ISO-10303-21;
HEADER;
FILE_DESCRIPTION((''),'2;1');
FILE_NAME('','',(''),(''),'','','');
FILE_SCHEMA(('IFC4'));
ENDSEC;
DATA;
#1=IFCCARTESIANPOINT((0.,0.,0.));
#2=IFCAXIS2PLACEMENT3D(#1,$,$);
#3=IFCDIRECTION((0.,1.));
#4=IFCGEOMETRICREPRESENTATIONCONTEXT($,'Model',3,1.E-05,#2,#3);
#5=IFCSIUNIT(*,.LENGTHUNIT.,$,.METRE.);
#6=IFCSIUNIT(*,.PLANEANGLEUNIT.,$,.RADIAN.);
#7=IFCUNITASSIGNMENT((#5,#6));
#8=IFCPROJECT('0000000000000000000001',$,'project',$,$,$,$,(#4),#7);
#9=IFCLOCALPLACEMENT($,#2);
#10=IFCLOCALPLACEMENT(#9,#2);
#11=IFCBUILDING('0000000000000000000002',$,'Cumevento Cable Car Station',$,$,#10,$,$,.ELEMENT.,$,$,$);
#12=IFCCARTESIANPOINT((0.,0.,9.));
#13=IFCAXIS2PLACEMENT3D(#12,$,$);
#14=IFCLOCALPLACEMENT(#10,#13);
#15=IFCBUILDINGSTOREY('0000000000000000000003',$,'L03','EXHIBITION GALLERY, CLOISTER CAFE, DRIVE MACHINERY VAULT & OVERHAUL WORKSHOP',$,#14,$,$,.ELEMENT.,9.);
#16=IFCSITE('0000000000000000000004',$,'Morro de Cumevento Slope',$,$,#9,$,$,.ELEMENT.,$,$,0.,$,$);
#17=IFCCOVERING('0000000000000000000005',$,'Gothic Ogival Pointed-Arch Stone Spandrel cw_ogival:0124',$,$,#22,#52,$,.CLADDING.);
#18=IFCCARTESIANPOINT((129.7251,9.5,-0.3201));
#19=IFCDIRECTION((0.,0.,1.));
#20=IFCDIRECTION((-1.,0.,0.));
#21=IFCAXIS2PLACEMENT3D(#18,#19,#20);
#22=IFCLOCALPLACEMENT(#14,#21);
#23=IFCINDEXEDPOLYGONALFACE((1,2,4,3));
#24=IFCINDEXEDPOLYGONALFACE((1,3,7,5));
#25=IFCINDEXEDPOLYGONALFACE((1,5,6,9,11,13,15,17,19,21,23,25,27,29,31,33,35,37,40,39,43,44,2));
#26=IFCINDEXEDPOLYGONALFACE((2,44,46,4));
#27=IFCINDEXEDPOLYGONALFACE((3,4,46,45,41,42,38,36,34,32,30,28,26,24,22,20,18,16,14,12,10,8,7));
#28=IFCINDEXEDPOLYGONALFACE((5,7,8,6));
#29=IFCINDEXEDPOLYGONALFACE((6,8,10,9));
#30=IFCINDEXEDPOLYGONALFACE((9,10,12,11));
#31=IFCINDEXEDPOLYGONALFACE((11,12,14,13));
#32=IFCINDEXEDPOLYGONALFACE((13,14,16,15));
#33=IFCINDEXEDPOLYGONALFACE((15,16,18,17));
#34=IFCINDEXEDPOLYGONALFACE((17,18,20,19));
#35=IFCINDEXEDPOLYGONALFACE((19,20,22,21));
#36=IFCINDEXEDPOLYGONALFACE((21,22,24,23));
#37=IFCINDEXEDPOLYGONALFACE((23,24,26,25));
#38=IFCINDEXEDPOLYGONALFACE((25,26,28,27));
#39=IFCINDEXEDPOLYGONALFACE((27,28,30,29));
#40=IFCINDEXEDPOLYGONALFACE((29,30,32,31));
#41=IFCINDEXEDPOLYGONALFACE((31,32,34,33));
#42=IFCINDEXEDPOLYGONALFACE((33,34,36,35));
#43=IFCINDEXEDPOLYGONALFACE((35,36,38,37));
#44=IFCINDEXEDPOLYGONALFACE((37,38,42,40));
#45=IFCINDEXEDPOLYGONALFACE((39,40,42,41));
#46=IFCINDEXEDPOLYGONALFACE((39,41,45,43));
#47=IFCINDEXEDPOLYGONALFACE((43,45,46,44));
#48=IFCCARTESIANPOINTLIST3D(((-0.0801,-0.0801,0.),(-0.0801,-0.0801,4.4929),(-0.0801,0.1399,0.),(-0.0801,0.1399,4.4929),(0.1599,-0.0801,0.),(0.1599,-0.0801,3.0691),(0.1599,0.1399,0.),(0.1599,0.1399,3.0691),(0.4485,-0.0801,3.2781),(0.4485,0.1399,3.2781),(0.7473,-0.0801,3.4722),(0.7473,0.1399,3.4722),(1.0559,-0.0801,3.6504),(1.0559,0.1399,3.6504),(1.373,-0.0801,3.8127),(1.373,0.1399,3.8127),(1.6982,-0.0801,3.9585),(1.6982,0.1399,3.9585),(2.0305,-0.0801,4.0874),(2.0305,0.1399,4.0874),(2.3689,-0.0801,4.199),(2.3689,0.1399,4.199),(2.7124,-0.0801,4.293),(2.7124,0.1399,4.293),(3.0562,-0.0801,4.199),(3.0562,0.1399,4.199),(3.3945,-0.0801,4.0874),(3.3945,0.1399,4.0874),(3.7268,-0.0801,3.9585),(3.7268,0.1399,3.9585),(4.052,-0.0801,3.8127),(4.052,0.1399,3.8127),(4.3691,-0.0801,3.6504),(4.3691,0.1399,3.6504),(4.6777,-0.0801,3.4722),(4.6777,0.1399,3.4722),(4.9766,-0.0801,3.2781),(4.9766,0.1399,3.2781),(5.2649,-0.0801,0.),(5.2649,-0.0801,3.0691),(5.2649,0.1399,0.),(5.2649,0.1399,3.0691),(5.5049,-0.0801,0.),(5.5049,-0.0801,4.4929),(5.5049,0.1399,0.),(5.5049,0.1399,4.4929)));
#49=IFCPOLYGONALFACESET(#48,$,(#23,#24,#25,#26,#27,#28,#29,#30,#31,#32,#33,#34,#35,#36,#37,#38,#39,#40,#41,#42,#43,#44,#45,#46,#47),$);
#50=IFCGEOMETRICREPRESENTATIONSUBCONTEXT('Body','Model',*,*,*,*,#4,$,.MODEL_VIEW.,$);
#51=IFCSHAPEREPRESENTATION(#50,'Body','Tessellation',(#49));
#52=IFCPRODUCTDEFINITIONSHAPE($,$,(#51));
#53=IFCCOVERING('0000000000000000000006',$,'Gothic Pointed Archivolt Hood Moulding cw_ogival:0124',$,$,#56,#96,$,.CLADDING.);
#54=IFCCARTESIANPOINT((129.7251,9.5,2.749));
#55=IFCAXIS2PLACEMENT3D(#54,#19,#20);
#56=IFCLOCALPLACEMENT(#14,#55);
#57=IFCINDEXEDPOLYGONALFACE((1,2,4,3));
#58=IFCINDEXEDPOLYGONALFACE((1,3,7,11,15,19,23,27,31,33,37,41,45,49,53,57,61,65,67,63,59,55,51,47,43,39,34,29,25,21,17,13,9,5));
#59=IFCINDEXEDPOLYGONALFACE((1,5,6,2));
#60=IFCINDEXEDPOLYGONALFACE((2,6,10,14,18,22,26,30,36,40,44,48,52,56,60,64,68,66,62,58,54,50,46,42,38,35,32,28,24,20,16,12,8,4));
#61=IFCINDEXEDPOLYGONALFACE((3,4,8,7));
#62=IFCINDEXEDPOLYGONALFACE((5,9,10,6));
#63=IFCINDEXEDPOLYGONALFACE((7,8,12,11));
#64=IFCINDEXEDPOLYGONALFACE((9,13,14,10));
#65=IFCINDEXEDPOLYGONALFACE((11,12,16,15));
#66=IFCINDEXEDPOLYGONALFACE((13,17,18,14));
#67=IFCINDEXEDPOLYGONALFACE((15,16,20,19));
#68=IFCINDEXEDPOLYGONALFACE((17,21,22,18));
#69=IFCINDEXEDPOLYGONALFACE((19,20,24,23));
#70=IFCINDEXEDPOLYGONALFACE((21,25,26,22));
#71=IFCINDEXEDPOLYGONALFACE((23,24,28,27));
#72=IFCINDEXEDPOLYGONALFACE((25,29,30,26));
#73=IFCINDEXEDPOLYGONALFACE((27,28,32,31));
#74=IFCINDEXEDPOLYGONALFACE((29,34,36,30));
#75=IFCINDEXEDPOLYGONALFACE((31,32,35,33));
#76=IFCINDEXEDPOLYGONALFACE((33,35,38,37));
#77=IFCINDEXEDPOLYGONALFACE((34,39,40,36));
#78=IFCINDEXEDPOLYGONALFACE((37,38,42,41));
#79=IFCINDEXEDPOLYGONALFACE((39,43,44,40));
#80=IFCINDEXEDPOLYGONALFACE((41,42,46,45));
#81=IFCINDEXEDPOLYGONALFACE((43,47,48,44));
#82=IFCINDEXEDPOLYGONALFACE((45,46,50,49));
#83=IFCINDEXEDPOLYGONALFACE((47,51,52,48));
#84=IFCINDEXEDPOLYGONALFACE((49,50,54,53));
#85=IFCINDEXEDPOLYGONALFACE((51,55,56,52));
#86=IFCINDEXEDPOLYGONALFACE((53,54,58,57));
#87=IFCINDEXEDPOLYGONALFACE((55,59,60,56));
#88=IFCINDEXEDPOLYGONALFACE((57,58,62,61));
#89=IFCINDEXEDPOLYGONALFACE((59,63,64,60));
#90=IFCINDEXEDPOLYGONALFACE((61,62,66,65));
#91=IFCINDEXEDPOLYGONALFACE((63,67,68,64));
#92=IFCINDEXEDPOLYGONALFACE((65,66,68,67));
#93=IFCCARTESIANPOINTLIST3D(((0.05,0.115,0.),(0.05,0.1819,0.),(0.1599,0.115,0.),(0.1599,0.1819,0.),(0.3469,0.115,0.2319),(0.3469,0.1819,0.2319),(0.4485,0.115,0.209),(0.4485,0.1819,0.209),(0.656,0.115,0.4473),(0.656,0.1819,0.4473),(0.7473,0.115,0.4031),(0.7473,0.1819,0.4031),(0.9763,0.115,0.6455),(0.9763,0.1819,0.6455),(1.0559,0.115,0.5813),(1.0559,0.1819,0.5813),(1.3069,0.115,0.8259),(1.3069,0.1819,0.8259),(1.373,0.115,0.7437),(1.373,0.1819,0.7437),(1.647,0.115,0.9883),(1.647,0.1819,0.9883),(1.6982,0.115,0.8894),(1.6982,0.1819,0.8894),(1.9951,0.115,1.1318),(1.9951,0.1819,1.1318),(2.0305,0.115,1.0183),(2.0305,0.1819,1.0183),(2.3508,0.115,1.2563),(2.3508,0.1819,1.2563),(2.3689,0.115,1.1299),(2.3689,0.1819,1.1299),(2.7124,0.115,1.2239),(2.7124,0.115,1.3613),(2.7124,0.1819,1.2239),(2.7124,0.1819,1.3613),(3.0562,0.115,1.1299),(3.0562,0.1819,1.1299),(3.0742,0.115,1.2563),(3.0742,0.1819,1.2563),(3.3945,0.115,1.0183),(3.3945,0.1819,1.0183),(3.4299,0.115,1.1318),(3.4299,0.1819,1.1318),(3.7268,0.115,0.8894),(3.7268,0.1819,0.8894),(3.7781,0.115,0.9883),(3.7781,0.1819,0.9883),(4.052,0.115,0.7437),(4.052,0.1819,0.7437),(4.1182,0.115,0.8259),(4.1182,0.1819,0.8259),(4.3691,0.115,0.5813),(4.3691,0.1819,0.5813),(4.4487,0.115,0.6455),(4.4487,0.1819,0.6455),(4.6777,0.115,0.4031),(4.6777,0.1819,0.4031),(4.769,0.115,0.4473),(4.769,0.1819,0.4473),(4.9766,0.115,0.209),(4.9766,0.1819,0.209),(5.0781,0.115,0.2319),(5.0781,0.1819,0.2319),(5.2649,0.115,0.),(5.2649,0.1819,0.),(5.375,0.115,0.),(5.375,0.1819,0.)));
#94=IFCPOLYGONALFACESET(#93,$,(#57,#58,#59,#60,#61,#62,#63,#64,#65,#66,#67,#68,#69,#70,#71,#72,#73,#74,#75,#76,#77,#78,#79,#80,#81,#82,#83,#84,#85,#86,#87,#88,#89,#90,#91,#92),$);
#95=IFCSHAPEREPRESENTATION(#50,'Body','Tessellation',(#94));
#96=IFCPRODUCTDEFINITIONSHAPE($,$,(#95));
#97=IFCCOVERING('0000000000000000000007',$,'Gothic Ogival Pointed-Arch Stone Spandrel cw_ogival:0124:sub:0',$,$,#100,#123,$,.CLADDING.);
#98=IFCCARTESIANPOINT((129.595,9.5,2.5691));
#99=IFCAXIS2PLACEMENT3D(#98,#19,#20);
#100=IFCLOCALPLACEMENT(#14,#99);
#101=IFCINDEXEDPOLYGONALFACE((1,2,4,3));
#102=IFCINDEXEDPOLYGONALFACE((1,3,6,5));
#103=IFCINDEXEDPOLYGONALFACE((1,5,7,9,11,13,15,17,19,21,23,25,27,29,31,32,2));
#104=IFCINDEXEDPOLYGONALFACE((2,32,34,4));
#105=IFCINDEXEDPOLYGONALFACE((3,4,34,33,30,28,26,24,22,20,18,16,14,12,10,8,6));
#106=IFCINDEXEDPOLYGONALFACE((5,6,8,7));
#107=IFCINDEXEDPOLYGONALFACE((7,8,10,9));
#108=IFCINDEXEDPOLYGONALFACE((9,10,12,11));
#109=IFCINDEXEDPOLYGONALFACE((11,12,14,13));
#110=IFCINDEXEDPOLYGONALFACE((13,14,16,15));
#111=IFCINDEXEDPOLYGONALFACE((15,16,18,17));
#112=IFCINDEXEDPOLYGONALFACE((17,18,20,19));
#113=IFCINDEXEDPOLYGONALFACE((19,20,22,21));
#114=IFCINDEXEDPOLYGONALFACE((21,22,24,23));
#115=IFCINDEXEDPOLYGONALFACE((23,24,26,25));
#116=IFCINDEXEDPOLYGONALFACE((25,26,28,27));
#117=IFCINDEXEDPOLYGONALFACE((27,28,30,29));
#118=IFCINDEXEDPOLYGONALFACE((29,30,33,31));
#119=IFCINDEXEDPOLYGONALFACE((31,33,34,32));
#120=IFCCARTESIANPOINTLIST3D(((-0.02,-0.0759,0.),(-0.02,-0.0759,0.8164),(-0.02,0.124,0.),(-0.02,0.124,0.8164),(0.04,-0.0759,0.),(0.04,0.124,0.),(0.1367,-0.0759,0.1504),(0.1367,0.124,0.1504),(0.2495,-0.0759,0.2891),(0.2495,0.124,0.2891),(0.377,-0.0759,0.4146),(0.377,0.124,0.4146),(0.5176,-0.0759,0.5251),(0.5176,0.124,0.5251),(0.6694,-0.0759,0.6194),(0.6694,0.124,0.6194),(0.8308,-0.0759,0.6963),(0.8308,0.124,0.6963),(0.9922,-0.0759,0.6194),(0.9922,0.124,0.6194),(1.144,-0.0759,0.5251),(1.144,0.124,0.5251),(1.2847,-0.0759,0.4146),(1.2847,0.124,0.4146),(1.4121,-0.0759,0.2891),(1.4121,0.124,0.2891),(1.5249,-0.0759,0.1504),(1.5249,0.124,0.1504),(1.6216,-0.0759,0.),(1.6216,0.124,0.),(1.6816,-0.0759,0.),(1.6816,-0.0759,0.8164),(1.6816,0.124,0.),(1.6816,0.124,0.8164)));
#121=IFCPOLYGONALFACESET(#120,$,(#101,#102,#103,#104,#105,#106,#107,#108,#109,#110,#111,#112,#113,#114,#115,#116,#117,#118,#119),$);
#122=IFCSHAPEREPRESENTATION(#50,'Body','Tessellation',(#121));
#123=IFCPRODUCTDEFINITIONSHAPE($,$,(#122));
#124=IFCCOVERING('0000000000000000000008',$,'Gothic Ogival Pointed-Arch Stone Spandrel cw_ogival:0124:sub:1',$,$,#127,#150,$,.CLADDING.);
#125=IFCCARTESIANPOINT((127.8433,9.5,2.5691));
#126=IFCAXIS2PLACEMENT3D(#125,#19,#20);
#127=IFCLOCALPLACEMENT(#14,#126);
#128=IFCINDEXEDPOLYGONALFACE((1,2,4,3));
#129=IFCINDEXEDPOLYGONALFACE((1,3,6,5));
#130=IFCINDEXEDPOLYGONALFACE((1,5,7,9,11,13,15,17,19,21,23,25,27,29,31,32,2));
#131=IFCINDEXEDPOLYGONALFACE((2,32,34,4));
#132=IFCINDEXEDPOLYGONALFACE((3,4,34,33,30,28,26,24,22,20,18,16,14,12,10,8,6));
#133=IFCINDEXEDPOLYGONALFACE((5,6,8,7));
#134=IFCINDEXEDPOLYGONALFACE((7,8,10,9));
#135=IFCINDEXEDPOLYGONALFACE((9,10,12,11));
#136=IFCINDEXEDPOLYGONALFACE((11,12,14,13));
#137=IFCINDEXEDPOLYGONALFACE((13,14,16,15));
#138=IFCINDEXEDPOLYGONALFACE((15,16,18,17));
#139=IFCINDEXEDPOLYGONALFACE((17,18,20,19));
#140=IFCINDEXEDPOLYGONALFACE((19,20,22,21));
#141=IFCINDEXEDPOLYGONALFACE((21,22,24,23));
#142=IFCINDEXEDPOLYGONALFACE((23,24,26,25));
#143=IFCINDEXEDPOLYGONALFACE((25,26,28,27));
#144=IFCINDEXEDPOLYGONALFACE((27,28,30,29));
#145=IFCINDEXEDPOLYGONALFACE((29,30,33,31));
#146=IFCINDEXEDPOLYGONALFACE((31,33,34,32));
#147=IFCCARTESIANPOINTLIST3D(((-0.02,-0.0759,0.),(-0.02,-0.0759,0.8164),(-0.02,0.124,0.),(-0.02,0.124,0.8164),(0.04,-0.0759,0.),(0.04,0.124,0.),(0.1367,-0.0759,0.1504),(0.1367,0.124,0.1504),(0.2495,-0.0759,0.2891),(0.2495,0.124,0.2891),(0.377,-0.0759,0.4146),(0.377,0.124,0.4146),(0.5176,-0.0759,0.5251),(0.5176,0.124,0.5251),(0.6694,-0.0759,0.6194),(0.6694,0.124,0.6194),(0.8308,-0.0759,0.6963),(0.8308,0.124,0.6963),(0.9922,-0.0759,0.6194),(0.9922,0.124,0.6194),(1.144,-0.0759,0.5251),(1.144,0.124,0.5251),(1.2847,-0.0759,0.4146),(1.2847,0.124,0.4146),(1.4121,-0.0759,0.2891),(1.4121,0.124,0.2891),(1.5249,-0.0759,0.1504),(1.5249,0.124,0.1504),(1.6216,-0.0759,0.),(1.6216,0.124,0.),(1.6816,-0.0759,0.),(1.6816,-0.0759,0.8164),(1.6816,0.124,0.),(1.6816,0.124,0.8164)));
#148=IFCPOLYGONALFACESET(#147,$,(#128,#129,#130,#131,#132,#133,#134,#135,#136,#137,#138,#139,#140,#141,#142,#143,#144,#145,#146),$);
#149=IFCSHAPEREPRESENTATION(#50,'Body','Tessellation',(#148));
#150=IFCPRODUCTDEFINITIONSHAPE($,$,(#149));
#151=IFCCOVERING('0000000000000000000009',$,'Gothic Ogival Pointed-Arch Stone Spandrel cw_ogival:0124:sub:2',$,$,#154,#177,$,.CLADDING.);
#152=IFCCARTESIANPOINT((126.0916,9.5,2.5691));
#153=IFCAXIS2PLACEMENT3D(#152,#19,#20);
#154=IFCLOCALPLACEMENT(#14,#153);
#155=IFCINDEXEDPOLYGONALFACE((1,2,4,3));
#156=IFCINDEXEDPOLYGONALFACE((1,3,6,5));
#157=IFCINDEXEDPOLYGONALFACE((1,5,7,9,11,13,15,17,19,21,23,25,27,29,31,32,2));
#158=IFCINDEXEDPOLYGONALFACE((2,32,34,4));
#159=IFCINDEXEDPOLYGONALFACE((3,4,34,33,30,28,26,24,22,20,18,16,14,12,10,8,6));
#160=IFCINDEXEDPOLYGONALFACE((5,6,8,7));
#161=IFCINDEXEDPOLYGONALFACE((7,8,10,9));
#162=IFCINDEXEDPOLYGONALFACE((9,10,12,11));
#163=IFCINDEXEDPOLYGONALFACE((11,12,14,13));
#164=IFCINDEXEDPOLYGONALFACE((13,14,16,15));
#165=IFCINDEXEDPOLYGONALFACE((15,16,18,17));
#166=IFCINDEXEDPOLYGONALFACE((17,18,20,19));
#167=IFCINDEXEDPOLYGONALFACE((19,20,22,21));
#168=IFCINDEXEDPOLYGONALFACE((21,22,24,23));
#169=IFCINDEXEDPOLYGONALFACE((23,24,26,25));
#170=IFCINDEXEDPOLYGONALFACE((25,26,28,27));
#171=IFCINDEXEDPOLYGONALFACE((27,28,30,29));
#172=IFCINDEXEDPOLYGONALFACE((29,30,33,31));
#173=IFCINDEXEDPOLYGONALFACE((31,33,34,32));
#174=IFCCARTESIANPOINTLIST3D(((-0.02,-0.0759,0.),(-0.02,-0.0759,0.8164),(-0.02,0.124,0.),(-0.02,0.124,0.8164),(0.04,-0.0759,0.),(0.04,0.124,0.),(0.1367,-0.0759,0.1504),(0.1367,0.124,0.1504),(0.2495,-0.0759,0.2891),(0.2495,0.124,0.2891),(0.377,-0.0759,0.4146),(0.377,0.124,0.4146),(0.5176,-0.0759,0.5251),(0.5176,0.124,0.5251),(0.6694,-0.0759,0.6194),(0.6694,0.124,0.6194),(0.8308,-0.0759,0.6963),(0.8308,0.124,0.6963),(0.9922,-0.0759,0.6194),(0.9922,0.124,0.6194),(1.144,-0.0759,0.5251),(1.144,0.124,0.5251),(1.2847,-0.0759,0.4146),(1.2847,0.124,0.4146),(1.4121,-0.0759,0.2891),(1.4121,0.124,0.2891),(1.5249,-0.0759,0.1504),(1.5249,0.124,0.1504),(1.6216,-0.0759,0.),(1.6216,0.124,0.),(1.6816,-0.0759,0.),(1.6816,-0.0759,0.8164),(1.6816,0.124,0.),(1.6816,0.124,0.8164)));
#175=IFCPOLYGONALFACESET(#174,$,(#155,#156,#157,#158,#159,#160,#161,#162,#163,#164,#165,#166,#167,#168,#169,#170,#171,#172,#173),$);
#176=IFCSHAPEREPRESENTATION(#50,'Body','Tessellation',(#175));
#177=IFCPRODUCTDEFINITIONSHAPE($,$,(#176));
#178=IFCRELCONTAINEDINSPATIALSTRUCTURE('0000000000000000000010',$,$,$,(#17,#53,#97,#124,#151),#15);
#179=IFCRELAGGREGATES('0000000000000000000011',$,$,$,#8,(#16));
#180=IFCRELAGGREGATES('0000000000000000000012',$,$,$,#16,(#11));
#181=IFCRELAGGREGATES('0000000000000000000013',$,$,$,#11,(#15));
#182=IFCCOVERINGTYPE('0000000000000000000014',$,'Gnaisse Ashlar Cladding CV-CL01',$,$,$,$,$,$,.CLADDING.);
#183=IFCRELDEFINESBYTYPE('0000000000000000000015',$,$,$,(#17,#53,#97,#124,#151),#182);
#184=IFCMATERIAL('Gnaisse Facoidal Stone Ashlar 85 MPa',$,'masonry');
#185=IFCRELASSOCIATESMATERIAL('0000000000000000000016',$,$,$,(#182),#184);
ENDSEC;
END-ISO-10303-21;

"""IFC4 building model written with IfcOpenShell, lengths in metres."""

from ifc_helpers import new_model, si_unit, direction, frame, origin, place, context, subcontext, project, spatial, polyline, outline, extrude, material, type_object, element, save


model = new_model("IFC4")

# Units and contexts
model_context = context("Model", 3, precision=1e-05, world=origin(), true_north=direction((0.0, 1.0)))
body_context = subcontext(model_context, "Body", "Model", "MODEL_VIEW")
ifc_project = project(units=[si_unit("LENGTHUNIT", "METRE"), si_unit("PLANEANGLEUNIT", "RADIAN")], contexts=[model_context])

# Site, building, storey
site_placement = place(None, origin())
site = spatial("IfcSite", under=ifc_project, at=site_placement, Name="Morro de Cumevento Slope", CompositionType="ELEMENT", RefElevation=0.0)
building_placement = place(site_placement, origin())
building = spatial("IfcBuilding", under=site, at=building_placement, Name="Cumevento Cable Car Station", CompositionType="ELEMENT")
storey_placement = place(building_placement, frame((0.0, 0.0, 9.0)))
storey = spatial("IfcBuildingStorey", under=building, at=storey_placement, Name="L03", Description="EXHIBITION GALLERY, CLOISTER CAFE, DRIVE MACHINERY VAULT & OVERHAUL WORKSHOP", CompositionType="ELEMENT", Elevation=9.0)

# Coverings
ifc_material_1 = material(Name="Gnaisse Facoidal Stone Ashlar 85 MPa", Category="masonry")
covering_type = type_object("IfcCoveringType", Name="Gnaisse Ashlar Cladding CV-CL01", PredefinedType="CLADDING", material=ifc_material_1)
covering_1_placement = place(storey_placement, frame((129.7251, 9.5, -0.3201), z_axis=(0.0, 0.0, 1.0), x_axis=(-1.0, 0.0, 0.0)))
element("IfcCovering", 1, at=covering_1_placement, inside=storey, type_object=covering_type, Name="Gothic Ogival Pointed-Arch Stone Spandrel cw_ogival:0124", PredefinedType="CLADDING", context=body_context, shape_type="SweptSolid", body=[
    extrude(outline(polyline([(-0.0801, 0.0), (-0.0801, 4.4929), (5.5049, 4.4929), (5.5049, 0.0), (5.2649, 0.0), (5.2649, 3.0691), (4.9766, 3.2781), (4.6777, 3.4722), (4.3691, 3.6504), (4.052, 3.8127), (3.7268, 3.9585), (3.3945, 4.0874), (3.0562, 4.199), (2.7124, 4.293), (2.3689, 4.199), (2.0305, 4.0874), (1.6982, 3.9585), (1.373, 3.8127), (1.0559, 3.6504), (0.7473, 3.4722), (0.4485, 3.2781), (0.1599, 3.0691), (0.1599, 0.0), (-0.0801, 0.0)])), frame((0.0, 0.1399, 0.0), z_axis=(0.0, -1.0, 0.0), x_axis=(1.0, 0.0, 0.0)), (0.0, 0.0, 1.0), 0.22),
])
covering_2_placement = place(storey_placement, frame((129.7251, 9.5, 2.749), z_axis=(0.0, 0.0, 1.0), x_axis=(-1.0, 0.0, 0.0)))
element("IfcCovering", 2, at=covering_2_placement, inside=storey, type_object=covering_type, Name="Gothic Pointed Archivolt Hood Moulding cw_ogival:0124", PredefinedType="CLADDING", context=body_context, shape_type="SweptSolid", body=[
    extrude(outline(polyline([(0.1599, 0.0), (0.4485, 0.209), (0.7473, 0.4031), (1.0559, 0.5813), (1.373, 0.7437), (1.6982, 0.8894), (2.0305, 1.0183), (2.3689, 1.1299), (2.7124, 1.2239), (3.0562, 1.1299), (3.3945, 1.0183), (3.7268, 0.8894), (4.052, 0.7437), (4.3691, 0.5813), (4.6777, 0.4031), (4.9766, 0.209), (5.2649, 0.0), (5.375, 0.0), (5.0781, 0.2319), (4.769, 0.4473), (4.4487, 0.6455), (4.1182, 0.8259), (3.7781, 0.9883), (3.4299, 1.1318), (3.0742, 1.2563), (2.7124, 1.3613), (2.3508, 1.2563), (1.9951, 1.1318), (1.647, 0.9883), (1.3069, 0.8259), (0.9763, 0.6455), (0.656, 0.4473), (0.3469, 0.2319), (0.05, 0.0), (0.1599, 0.0)])), frame((0.0, 0.1819, 0.0), z_axis=(0.0, -1.0, 0.0), x_axis=(1.0, 0.0, 0.0)), (0.0, 0.0, 1.0), 0.0669),
])
for number, where, z_axis, x_axis, name in (
    (3, (129.595, 9.5, 2.5691), (0.0, 0.0, 1.0), (-1.0, 0.0, 0.0), "Gothic Ogival Pointed-Arch Stone Spandrel cw_ogival:0124:sub:0"),
    (4, (127.8433, 9.5, 2.5691), (0.0, 0.0, 1.0), (-1.0, 0.0, 0.0), "Gothic Ogival Pointed-Arch Stone Spandrel cw_ogival:0124:sub:1"),
    (5, (126.0916, 9.5, 2.5691), (0.0, 0.0, 1.0), (-1.0, 0.0, 0.0), "Gothic Ogival Pointed-Arch Stone Spandrel cw_ogival:0124:sub:2"),
):
    element("IfcCovering", number, at=place(storey_placement, frame(where, z_axis=z_axis, x_axis=x_axis)), inside=storey, type_object=covering_type, Name=name, PredefinedType="CLADDING", context=body_context, shape_type="SweptSolid", body=[
        extrude(outline(polyline([(-0.02, 0.0), (-0.02, 0.8164), (1.6816, 0.8164), (1.6816, 0.0), (1.6216, 0.0), (1.5249, 0.1504), (1.4121, 0.2891), (1.2847, 0.4146), (1.144, 0.5251), (0.9922, 0.6194), (0.8308, 0.6963), (0.6694, 0.6194), (0.5176, 0.5251), (0.377, 0.4146), (0.2495, 0.2891), (0.1367, 0.1504), (0.04, 0.0), (-0.02, 0.0)])), frame((0.0, 0.124, 0.0), z_axis=(0.0, -1.0, 0.0), x_axis=(1.0, 0.0, 0.0)), (0.0, 0.0, 1.0), 0.2),
    ])

save(model, "model.ifc")
